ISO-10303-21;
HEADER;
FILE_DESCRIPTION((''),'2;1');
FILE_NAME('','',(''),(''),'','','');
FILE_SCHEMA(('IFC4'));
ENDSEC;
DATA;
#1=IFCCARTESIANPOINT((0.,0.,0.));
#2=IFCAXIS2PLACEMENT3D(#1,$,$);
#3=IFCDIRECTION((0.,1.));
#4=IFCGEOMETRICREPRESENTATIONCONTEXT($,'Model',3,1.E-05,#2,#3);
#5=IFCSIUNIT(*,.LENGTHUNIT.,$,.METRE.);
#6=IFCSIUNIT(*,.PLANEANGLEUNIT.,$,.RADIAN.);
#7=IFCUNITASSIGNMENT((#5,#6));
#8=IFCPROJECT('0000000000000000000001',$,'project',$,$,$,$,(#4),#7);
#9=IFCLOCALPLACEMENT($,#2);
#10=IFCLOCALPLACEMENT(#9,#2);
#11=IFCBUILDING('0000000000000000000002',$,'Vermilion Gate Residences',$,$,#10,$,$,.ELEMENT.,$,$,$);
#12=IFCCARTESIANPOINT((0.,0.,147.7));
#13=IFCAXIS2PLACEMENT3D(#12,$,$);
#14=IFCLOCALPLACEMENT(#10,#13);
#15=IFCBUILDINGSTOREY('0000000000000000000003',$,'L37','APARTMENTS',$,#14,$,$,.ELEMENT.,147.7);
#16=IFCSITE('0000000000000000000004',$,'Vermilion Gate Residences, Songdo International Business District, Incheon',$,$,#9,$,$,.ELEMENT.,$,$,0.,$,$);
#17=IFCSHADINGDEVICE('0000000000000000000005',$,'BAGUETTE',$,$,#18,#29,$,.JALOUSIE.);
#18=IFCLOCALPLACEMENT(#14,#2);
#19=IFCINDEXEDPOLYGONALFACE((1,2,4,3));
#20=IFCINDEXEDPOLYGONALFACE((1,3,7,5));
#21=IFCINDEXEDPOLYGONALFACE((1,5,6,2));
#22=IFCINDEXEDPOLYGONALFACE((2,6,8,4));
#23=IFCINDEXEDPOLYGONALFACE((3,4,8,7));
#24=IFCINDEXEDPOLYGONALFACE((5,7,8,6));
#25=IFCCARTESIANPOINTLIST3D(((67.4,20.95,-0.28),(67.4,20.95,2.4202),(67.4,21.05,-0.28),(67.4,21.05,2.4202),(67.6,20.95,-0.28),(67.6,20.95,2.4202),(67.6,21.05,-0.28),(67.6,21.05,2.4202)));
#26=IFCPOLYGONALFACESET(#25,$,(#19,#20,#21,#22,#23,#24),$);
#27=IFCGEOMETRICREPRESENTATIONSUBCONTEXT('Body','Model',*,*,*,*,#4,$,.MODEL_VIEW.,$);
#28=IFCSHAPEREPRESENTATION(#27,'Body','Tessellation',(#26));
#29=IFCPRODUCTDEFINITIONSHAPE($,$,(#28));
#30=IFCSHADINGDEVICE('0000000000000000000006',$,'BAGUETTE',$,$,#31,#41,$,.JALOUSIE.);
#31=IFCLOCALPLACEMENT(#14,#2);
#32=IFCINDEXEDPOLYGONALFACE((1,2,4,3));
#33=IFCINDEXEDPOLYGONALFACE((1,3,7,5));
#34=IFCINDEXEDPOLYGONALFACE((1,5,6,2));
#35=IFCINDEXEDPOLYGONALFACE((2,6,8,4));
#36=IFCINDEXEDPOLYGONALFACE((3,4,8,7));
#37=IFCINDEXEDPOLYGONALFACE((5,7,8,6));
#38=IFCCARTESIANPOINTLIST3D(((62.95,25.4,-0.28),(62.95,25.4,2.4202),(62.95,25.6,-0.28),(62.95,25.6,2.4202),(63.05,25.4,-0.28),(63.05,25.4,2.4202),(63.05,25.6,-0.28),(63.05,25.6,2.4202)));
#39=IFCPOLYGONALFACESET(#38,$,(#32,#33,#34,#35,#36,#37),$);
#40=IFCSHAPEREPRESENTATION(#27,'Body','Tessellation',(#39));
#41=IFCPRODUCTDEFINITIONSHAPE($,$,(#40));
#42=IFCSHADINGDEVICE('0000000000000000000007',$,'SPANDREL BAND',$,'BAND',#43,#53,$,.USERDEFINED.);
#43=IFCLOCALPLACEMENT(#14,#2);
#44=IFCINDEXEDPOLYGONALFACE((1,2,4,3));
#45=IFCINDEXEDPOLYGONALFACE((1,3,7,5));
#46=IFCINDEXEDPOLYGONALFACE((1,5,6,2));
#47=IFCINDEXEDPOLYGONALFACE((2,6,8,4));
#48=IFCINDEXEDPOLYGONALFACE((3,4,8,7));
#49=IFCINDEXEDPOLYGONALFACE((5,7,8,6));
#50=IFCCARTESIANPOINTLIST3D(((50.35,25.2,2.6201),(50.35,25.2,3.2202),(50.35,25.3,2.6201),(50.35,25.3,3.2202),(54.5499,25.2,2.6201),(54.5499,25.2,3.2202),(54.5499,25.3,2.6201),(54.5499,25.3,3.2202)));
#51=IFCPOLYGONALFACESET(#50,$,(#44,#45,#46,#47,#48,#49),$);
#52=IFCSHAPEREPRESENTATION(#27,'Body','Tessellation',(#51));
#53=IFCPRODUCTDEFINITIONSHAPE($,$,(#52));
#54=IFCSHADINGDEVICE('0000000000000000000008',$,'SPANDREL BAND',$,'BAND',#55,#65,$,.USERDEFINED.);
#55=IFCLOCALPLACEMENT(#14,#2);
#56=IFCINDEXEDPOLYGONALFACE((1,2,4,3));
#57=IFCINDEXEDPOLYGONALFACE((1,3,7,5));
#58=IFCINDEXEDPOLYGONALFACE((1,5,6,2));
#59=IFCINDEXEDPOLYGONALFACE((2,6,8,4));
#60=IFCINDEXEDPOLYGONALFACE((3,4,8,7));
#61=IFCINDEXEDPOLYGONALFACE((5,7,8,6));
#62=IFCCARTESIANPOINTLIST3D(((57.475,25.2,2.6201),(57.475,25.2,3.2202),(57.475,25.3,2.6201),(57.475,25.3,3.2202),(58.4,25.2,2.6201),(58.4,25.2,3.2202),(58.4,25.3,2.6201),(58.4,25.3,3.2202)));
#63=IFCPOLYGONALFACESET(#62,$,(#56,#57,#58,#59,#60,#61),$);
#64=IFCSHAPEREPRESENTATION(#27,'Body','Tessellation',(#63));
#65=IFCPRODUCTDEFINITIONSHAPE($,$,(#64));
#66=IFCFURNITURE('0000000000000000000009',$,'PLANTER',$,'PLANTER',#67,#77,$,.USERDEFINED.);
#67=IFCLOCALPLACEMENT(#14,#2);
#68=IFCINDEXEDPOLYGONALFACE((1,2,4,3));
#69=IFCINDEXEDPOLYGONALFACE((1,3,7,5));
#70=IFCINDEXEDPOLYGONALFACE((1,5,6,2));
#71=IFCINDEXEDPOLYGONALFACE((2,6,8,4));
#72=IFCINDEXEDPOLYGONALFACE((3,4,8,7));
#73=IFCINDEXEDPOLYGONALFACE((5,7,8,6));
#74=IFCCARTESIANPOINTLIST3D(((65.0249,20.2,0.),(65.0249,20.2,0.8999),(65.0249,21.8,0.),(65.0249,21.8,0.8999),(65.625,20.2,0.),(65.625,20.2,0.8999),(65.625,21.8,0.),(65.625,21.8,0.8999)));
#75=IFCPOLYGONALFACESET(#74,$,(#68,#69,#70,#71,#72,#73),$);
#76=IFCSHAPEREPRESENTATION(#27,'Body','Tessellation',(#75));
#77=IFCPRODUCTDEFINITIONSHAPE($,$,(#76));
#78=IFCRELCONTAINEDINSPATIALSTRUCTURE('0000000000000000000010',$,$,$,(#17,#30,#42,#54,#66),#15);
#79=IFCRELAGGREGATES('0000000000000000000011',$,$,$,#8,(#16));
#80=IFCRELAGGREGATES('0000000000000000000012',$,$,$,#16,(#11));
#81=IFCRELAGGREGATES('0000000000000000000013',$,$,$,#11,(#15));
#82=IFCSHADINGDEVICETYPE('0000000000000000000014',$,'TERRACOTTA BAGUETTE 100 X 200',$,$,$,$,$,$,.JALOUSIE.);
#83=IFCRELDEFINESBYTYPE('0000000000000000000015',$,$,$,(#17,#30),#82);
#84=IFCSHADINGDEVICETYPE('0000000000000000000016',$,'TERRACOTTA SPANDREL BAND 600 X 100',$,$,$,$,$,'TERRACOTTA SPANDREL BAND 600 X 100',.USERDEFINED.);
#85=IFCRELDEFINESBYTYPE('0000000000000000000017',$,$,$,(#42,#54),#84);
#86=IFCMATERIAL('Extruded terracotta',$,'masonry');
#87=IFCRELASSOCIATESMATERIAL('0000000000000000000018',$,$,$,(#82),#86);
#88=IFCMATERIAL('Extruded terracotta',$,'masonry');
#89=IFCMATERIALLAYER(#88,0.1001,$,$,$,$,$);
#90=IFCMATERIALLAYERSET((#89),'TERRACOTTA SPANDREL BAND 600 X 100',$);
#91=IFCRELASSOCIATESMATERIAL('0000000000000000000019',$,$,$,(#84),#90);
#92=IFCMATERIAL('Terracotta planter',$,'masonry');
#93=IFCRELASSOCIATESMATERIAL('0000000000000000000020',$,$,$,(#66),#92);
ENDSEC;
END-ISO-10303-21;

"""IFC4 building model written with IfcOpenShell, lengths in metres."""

from ifc_helpers import new_model, si_unit, direction, frame, origin, origin_2d, place, context, subcontext, project, spatial, rectangle, extrude, material, layer, layer_set, material_profile, profile_set, type_object, element, save


model = new_model("IFC4")

# Units and contexts
model_context = context("Model", 3, precision=1e-05, world=origin(), true_north=direction((0.0, 1.0)))
body_context = subcontext(model_context, "Body", "Model", "MODEL_VIEW")
ifc_project = project(units=[si_unit("LENGTHUNIT", "METRE"), si_unit("PLANEANGLEUNIT", "RADIAN")], contexts=[model_context])

# Site, building, storey
site_placement = place(None, origin())
site = spatial("IfcSite", under=ifc_project, at=site_placement, Name="Vermilion Gate Residences, Songdo International Business District, Incheon", CompositionType="ELEMENT", RefElevation=0.0)
building_placement = place(site_placement, origin())
building = spatial("IfcBuilding", under=site, at=building_placement, Name="Vermilion Gate Residences", CompositionType="ELEMENT")
storey_placement = place(building_placement, frame((0.0, 0.0, 147.7)))
storey = spatial("IfcBuildingStorey", under=building, at=storey_placement, Name="L37", Description="APARTMENTS", CompositionType="ELEMENT", Elevation=147.7)

# Shading devices
ifc_material_1 = material(Name="Extruded terracotta", Category="masonry")
ifc_material_profile_1 = material_profile(ifc_material_1, rectangle(XDim=0.2, YDim=0.1001, at=origin_2d()), Name="BAGUETTE 100 X 200")
ifc_profile_set_1 = profile_set([ifc_material_profile_1], Name="Extruded terracotta")
shading_device_type_1 = type_object("IfcShadingDeviceType", Name="TERRACOTTA BAGUETTE 100 X 200", PredefinedType="JALOUSIE", material=ifc_profile_set_1)
for number, where, z_axis, x_axis, name in (
    (1, (67.5, 21.0, -0.28), (0.0, 0.0, 1.0), (-1.0, 0.0, 0.0), "BAGUETTE"),
    (2, (63.0, 25.5, -0.28), (0.0, 0.0, 1.0), (0.0, -1.0, 0.0), "BAGUETTE"),
):
    element("IfcShadingDevice", number, at=place(storey_placement, frame(where, z_axis=z_axis, x_axis=x_axis)), inside=storey, type_object=shading_device_type_1, Name=name, PredefinedType="JALOUSIE", context=body_context, shape_type="SweptSolid", body=[
        extrude(rectangle(XDim=0.2, YDim=0.1001, at=origin_2d()), origin(), (0.0, 0.0, 1.0), 2.7002),
    ])
ifc_material_2 = material(Name="Extruded terracotta", Category="masonry")
ifc_layer_1 = layer(ifc_material_2, 0.1001)
ifc_layer_set_1 = layer_set([ifc_layer_1], Name="TERRACOTTA SPANDREL BAND 600 X 100")
shading_device_type_2 = type_object("IfcShadingDeviceType", Name="TERRACOTTA SPANDREL BAND 600 X 100", ElementType="TERRACOTTA SPANDREL BAND 600 X 100", PredefinedType="USERDEFINED", material=ifc_layer_set_1)
shading_device_1_placement = place(storey_placement, frame((52.45, 25.25, 2.6201), z_axis=(0.0, 0.0, 1.0), x_axis=(1.0, 0.0, 0.0)))
element("IfcShadingDevice", 3, at=shading_device_1_placement, inside=storey, type_object=shading_device_type_2, Name="SPANDREL BAND", ObjectType="BAND", PredefinedType="USERDEFINED", context=body_context, shape_type="SweptSolid", body=[
    extrude(rectangle(XDim=4.2, YDim=0.1001, at=origin_2d()), origin(), (0.0, 0.0, 1.0), 0.6001),
])
shading_device_2_placement = place(storey_placement, frame((57.9375, 25.25, 2.6201), z_axis=(0.0, 0.0, 1.0), x_axis=(1.0, 0.0, 0.0)))
element("IfcShadingDevice", 4, at=shading_device_2_placement, inside=storey, type_object=shading_device_type_2, Name="SPANDREL BAND", ObjectType="BAND", PredefinedType="USERDEFINED", context=body_context, shape_type="SweptSolid", body=[
    extrude(rectangle(XDim=0.925, YDim=0.1001, at=origin_2d()), origin(), (0.0, 0.0, 1.0), 0.6001),
])

# Furniture
ifc_material_3 = material(Name="Terracotta planter", Category="masonry")
furniture_placement = place(storey_placement, frame((65.325, 21.0, 0.0), z_axis=(0.0, 0.0, 1.0), x_axis=(0.0, 1.0, 0.0)))
element("IfcFurniture", 5, at=furniture_placement, inside=storey, material=ifc_material_3, Name="PLANTER", ObjectType="PLANTER", PredefinedType="USERDEFINED", context=body_context, shape_type="SweptSolid", body=[
    extrude(rectangle(XDim=1.6001, YDim=0.6001, at=origin_2d()), origin(), (0.0, 0.0, 1.0), 0.8999),
])

save(model, "model.ifc")
